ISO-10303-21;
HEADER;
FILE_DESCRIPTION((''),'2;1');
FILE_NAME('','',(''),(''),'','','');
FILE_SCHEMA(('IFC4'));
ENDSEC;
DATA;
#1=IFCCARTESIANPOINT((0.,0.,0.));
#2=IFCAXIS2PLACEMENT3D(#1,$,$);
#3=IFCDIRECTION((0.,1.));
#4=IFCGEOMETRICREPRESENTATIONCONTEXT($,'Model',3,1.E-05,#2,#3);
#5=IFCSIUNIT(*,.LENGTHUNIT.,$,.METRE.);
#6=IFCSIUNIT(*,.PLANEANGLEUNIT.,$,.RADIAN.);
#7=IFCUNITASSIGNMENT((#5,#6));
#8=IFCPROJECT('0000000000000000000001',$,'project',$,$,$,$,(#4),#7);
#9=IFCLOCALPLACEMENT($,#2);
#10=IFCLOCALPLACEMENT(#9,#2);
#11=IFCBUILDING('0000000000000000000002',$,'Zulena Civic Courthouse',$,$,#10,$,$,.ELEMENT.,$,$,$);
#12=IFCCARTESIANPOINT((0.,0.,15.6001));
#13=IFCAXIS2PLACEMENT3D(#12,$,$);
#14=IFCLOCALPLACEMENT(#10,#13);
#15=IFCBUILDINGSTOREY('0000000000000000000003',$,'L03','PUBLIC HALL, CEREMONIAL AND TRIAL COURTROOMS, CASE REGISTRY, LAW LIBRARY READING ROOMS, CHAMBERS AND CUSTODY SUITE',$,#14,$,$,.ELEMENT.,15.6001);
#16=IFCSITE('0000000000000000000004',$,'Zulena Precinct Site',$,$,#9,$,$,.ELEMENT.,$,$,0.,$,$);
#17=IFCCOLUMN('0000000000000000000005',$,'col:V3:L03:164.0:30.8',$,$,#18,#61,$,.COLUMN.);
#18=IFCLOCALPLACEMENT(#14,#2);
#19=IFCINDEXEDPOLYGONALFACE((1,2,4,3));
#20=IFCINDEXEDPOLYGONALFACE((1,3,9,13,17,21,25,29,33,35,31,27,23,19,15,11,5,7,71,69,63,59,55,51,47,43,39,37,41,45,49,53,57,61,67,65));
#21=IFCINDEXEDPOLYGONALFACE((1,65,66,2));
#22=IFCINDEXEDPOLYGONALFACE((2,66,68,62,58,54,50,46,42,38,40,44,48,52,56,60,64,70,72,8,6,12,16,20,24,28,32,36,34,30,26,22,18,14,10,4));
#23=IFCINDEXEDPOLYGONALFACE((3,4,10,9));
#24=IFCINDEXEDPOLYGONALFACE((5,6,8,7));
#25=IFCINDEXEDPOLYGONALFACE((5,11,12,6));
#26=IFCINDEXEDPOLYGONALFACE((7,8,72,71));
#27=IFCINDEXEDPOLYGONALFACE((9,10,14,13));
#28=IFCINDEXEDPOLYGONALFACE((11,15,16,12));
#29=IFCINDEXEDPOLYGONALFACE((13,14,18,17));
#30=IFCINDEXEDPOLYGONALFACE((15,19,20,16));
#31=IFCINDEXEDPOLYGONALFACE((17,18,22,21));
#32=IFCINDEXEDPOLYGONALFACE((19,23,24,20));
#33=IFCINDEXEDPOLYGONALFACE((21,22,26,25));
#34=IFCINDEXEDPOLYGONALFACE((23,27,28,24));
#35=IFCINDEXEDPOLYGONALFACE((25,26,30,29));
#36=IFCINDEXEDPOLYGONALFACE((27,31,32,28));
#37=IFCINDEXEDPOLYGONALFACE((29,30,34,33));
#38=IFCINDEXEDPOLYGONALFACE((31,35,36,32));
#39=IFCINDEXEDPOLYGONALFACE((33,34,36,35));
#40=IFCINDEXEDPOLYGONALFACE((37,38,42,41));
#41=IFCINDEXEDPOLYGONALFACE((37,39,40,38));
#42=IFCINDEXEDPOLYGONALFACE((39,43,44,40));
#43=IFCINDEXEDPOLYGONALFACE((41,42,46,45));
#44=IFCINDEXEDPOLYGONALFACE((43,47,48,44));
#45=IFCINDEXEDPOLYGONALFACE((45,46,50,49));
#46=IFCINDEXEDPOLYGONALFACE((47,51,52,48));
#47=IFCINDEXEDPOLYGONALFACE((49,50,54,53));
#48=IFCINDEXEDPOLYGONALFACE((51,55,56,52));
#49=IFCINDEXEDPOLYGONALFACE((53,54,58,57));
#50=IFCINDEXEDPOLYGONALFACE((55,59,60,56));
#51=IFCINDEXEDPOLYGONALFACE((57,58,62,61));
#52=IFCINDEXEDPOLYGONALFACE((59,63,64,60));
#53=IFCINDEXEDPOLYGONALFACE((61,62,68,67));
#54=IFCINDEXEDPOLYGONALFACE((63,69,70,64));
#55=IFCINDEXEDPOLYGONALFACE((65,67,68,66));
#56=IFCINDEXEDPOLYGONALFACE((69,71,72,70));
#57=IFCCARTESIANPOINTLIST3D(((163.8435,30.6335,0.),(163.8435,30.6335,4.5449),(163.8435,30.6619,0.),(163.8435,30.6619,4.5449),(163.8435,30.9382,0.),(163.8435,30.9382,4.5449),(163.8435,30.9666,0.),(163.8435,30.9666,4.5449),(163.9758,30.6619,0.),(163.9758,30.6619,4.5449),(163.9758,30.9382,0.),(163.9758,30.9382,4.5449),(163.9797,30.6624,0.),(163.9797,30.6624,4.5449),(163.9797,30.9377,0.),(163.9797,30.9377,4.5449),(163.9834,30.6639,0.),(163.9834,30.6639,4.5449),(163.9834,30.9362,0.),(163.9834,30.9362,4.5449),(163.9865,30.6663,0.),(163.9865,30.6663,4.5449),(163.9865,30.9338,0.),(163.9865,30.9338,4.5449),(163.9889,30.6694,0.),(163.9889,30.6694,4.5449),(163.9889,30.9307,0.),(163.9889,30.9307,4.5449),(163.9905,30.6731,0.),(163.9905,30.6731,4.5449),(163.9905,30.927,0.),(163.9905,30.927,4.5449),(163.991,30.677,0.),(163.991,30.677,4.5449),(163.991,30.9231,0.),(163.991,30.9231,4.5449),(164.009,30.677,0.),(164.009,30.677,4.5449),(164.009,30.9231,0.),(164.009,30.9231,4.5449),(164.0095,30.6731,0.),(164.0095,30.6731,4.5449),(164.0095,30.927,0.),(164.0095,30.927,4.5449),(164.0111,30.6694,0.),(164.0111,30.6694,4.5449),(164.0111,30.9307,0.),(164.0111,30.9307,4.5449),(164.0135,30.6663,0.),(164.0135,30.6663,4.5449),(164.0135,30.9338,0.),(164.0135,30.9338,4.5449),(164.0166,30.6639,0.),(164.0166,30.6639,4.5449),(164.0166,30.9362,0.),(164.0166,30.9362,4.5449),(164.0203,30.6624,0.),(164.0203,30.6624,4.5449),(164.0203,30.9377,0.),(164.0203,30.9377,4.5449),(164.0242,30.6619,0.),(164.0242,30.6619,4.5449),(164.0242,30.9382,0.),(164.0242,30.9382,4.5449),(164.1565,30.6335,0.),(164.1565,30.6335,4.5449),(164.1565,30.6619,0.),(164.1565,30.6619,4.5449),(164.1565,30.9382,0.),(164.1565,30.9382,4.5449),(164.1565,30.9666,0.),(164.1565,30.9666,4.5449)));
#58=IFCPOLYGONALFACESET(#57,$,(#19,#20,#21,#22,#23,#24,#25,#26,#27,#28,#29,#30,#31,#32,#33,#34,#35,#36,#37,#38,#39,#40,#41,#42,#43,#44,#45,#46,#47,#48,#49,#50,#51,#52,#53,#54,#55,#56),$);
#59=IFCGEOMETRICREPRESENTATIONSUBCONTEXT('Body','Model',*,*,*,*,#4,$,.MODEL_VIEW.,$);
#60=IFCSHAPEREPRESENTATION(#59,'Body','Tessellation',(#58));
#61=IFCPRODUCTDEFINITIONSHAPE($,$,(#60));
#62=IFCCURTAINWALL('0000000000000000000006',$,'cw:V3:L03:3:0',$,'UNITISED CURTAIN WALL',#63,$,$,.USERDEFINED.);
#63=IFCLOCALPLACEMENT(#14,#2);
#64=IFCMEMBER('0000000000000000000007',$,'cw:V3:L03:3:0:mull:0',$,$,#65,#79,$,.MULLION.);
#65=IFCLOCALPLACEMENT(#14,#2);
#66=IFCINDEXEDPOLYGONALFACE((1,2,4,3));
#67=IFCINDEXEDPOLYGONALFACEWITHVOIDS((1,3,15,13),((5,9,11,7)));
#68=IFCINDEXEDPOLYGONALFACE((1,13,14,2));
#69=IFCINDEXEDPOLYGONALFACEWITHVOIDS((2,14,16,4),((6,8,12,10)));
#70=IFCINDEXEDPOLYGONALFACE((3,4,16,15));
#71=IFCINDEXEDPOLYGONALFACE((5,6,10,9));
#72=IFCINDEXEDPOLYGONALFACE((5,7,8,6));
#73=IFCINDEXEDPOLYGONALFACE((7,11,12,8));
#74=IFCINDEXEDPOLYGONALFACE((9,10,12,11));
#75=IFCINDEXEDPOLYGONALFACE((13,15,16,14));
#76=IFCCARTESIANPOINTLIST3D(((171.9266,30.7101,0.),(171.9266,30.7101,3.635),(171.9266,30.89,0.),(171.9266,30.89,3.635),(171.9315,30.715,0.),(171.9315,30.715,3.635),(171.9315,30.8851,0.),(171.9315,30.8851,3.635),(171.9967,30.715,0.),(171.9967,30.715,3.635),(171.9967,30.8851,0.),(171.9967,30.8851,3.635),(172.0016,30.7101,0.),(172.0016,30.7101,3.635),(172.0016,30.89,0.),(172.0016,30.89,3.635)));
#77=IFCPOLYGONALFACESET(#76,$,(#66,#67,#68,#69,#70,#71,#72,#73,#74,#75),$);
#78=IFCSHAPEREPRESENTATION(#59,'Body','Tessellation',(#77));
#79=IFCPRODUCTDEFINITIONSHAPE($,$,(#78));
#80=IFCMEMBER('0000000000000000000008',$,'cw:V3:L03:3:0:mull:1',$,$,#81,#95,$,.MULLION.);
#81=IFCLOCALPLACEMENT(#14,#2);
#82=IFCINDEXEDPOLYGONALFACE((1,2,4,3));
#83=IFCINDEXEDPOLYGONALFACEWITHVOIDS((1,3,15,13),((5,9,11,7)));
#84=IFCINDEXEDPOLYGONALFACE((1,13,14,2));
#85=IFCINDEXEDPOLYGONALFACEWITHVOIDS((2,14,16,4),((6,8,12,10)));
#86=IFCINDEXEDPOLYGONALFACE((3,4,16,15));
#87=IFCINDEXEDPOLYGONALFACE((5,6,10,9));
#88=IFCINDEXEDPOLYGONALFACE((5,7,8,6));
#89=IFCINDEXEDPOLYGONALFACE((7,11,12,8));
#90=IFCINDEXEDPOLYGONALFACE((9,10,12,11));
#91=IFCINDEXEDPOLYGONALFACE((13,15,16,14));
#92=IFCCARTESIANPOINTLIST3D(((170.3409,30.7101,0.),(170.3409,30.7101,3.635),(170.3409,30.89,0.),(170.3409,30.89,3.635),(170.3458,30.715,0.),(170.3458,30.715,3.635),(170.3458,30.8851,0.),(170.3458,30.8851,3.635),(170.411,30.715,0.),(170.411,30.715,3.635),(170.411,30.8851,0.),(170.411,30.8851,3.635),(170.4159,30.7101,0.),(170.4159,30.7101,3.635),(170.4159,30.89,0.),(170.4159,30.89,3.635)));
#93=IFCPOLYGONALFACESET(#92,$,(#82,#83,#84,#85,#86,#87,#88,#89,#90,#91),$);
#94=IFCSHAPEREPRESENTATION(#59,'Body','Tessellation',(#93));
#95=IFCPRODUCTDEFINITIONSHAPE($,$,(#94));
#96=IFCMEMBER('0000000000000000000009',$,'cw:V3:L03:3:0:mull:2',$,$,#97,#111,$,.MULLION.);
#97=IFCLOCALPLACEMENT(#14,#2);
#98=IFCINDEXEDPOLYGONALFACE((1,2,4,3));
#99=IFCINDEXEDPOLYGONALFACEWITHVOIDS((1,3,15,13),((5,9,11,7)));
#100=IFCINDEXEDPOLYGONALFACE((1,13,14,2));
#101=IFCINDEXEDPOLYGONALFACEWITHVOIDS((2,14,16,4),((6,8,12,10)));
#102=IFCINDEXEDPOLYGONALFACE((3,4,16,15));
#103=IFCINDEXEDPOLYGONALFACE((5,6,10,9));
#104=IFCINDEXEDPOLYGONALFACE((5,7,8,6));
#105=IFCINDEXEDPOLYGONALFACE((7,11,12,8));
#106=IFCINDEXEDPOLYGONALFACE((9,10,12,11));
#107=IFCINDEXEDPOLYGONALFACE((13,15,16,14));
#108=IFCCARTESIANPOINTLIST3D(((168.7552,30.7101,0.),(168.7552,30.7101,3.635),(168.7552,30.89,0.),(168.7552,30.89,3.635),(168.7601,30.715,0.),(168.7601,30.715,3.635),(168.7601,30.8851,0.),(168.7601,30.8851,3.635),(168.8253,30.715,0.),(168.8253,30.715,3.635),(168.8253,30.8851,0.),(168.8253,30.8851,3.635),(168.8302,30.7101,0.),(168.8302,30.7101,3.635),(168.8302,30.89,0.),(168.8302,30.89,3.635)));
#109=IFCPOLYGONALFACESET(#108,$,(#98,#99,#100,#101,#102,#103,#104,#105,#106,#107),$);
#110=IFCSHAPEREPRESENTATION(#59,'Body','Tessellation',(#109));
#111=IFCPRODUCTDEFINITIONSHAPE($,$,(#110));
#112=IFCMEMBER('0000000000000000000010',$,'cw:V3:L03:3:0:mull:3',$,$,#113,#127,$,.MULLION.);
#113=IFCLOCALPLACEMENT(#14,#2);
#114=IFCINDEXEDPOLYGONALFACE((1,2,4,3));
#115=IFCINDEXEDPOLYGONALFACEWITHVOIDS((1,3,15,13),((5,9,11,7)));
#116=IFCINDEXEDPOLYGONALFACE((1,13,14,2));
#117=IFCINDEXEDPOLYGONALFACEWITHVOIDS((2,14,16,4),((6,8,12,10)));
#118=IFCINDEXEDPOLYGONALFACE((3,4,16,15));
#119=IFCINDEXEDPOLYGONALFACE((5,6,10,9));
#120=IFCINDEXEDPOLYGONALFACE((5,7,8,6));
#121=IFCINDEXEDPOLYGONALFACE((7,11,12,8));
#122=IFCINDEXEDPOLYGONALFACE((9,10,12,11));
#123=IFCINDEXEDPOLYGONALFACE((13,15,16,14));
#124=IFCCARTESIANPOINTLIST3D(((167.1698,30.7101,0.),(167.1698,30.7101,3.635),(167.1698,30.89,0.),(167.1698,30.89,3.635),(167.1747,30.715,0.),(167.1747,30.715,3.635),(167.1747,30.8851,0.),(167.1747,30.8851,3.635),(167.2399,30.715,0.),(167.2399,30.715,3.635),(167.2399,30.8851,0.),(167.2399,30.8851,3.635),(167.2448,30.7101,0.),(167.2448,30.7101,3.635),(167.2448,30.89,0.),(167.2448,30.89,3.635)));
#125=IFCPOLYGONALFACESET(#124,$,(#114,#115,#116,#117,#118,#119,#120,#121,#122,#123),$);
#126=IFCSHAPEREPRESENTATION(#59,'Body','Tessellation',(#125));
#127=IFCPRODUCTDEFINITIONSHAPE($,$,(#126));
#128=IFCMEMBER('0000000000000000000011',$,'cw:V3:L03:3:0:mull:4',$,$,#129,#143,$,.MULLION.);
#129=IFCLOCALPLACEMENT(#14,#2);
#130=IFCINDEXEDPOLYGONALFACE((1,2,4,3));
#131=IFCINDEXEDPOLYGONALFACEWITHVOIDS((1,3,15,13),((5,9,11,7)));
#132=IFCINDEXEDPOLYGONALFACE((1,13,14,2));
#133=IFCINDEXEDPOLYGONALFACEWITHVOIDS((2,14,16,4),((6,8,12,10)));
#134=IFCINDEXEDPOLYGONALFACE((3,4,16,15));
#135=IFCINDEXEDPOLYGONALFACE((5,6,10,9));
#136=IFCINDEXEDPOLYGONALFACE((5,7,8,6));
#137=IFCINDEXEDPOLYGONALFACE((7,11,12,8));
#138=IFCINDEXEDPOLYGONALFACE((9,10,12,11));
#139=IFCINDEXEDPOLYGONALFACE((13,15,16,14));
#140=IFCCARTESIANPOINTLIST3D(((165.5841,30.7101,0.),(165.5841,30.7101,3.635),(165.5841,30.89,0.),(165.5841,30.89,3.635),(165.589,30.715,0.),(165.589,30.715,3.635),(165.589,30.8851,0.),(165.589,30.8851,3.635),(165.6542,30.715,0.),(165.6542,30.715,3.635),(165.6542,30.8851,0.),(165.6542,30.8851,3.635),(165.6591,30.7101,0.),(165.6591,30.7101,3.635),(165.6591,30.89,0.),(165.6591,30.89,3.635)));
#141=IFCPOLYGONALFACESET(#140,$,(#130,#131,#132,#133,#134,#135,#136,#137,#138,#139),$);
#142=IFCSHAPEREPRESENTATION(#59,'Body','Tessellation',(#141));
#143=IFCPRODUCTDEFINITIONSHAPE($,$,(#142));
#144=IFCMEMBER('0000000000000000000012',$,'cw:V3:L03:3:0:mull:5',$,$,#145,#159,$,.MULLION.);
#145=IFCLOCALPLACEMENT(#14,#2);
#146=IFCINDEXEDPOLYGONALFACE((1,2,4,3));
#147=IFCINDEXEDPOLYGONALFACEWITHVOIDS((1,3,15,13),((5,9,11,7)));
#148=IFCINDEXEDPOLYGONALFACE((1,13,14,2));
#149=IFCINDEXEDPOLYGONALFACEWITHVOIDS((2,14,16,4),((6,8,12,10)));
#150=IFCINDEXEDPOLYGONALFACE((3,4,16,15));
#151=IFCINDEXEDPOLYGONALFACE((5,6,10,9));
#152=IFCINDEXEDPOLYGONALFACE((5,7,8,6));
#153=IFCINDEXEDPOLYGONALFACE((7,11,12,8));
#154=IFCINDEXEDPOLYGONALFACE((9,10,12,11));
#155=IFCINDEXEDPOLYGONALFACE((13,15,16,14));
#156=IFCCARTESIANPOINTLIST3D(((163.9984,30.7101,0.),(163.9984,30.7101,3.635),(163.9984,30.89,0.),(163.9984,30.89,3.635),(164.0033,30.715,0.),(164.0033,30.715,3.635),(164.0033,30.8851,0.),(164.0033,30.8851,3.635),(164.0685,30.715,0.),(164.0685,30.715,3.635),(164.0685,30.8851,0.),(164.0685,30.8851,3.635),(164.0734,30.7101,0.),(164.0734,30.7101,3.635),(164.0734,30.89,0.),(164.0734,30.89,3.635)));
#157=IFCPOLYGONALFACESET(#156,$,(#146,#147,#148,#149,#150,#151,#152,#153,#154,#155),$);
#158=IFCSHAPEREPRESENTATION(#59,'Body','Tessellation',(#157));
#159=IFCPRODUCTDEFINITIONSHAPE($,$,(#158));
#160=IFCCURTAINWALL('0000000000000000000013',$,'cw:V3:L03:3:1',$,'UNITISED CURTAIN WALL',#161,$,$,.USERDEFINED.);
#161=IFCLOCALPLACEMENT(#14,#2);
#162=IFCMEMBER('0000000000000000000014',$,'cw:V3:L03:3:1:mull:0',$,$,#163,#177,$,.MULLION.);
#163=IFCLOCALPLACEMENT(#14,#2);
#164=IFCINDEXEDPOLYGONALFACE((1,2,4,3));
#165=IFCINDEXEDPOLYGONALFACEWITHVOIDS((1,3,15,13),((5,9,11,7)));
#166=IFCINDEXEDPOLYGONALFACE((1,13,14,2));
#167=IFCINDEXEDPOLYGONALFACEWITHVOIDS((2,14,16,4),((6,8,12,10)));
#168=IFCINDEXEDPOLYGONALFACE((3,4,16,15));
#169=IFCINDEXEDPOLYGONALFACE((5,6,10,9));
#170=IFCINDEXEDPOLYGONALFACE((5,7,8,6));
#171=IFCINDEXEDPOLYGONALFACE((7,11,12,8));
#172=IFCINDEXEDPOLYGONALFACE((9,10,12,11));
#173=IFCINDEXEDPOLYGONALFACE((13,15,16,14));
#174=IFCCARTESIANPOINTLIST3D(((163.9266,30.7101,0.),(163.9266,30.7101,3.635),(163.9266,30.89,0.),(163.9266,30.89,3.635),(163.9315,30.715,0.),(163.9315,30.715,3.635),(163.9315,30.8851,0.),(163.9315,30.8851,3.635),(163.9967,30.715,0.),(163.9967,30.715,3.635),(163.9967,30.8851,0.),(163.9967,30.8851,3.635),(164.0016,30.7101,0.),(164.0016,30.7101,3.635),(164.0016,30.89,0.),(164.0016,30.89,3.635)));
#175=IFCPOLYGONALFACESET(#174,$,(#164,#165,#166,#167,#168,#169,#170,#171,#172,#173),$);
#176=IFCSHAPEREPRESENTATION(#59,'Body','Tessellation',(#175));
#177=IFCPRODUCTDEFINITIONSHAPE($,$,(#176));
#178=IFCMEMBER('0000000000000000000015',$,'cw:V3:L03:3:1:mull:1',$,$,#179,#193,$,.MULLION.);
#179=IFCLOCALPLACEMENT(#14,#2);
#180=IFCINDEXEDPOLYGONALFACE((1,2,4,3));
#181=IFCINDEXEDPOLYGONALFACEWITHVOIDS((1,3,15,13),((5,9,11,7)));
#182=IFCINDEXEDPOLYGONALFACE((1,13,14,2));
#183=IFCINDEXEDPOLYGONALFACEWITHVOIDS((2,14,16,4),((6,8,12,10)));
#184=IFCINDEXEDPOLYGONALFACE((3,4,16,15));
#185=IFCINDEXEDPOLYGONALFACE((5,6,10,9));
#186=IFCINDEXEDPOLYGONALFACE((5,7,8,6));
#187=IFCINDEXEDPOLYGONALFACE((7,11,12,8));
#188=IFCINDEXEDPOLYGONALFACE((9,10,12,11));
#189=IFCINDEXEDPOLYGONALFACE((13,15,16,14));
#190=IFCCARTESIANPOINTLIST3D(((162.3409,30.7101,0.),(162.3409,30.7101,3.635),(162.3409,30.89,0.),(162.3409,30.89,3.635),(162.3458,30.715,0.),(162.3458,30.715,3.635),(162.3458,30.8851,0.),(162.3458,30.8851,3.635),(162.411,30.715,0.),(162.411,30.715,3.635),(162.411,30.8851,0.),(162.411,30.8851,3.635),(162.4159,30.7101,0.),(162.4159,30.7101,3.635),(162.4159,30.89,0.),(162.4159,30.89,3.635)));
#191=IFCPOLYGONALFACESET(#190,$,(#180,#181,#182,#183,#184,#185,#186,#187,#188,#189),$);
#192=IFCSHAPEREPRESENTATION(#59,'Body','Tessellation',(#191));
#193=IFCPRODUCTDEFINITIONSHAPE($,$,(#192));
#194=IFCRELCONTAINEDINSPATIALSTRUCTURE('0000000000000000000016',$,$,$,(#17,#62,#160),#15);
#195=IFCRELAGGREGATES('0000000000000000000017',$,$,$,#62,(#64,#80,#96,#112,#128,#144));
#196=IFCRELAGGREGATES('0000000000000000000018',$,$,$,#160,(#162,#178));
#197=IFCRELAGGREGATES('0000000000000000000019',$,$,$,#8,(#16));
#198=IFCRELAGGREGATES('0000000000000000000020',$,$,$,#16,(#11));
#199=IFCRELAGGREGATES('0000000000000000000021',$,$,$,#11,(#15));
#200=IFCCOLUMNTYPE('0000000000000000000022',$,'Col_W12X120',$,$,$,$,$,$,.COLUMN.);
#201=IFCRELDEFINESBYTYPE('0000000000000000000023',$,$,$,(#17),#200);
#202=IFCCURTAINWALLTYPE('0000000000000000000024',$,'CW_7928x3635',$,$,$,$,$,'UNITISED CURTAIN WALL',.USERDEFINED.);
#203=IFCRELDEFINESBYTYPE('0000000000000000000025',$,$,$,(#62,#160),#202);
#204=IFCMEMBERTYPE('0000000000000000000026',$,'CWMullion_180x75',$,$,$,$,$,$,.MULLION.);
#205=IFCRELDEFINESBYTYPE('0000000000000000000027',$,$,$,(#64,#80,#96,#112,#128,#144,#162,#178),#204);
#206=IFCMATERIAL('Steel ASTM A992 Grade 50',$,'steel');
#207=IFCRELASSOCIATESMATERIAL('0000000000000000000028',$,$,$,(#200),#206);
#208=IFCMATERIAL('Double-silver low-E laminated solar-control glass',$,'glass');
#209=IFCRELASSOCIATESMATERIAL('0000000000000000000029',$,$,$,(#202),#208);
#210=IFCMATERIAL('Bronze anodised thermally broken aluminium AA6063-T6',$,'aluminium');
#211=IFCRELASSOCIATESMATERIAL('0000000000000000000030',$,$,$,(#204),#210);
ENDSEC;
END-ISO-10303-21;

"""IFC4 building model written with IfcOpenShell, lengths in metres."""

from ifc_helpers import new_model, si_unit, direction, frame, origin, origin_2d, place, context, subcontext, project, spatial, hollow_rectangle, i_section, extrude, material, material_profile, profile_set, type_object, element, aggregate, save


model = new_model("IFC4")

# Units and contexts
model_context = context("Model", 3, precision=1e-05, world=origin(), true_north=direction((0.0, 1.0)))
body_context = subcontext(model_context, "Body", "Model", "MODEL_VIEW")
ifc_project = project(units=[si_unit("LENGTHUNIT", "METRE"), si_unit("PLANEANGLEUNIT", "RADIAN")], contexts=[model_context])

# Site, building, storey
site_placement = place(None, origin())
site = spatial("IfcSite", under=ifc_project, at=site_placement, Name="Zulena Precinct Site", CompositionType="ELEMENT", RefElevation=0.0)
building_placement = place(site_placement, origin())
building = spatial("IfcBuilding", under=site, at=building_placement, Name="Zulena Civic Courthouse", CompositionType="ELEMENT")
storey_placement = place(building_placement, frame((0.0, 0.0, 15.6001)))
storey = spatial("IfcBuildingStorey", under=building, at=storey_placement, Name="L03", Description="PUBLIC HALL, CEREMONIAL AND TRIAL COURTROOMS, CASE REGISTRY, LAW LIBRARY READING ROOMS, CHAMBERS AND CUSTODY SUITE", CompositionType="ELEMENT", Elevation=15.6001)

# Column
ifc_material_1 = material(Name="Steel ASTM A992 Grade 50", Category="steel")
ifc_material_profile_1 = material_profile(ifc_material_1, i_section(OverallWidth=0.313, OverallDepth=0.333, WebThickness=0.0181, FlangeThickness=0.0283, FilletRadius=0.0151, at=origin_2d()), Name="W12X120")
ifc_profile_set_1 = profile_set([ifc_material_profile_1], Name="Steel ASTM A992 Grade 50")
column_type = type_object("IfcColumnType", Name="Col_W12X120", PredefinedType="COLUMN", material=ifc_profile_set_1)
column_placement = place(storey_placement, frame((164.0, 30.8, 0.0), z_axis=(0.0, 0.0, 1.0), x_axis=(1.0, 0.0, 0.0)))
element("IfcColumn", 1, at=column_placement, inside=storey, type_object=column_type, Name="col:V3:L03:164.0:30.8", PredefinedType="COLUMN", context=body_context, shape_type="SweptSolid", body=[
    extrude(i_section(OverallWidth=0.313, OverallDepth=0.333, WebThickness=0.0181, FlangeThickness=0.0283, FilletRadius=0.0151, at=origin_2d()), origin(), (0.0, 0.0, 1.0), 4.5449),
])

# Curtain walls, members
ifc_material_2 = material(Name="Double-silver low-E laminated solar-control glass", Category="glass")
curtain_wall_type = type_object("IfcCurtainWallType", Name="CW_7928x3635", ElementType="UNITISED CURTAIN WALL", PredefinedType="USERDEFINED", material=ifc_material_2)
curtain_wall_1_placement = place(storey_placement, origin())
curtain_wall_1 = element("IfcCurtainWall", 2, at=curtain_wall_1_placement, inside=storey, type_object=curtain_wall_type, Name="cw:V3:L03:3:0", ObjectType="UNITISED CURTAIN WALL", PredefinedType="USERDEFINED")
ifc_material_3 = material(Name="Bronze anodised thermally broken aluminium AA6063-T6", Category="aluminium")
ifc_material_profile_2 = material_profile(ifc_material_3, hollow_rectangle(XDim=0.075, YDim=0.1799, WallThickness=0.0049, at=origin_2d()), Name="CWM180X75X5")
ifc_profile_set_2 = profile_set([ifc_material_profile_2], Name="Bronze anodised thermally broken aluminium AA6063-T6")
member_type_1 = type_object("IfcMemberType", Name="CWMullion_180x75", PredefinedType="MULLION", material=ifc_profile_set_2)
member_1_placement = place(storey_placement, frame((171.9641, 30.8, 0.0), z_axis=(0.0, 0.0, 1.0), x_axis=(1.0, 0.0, 0.0)))
member_1 = element("IfcMember", 3, at=member_1_placement, type_object=member_type_1, Name="cw:V3:L03:3:0:mull:0", PredefinedType="MULLION", context=body_context, shape_type="SweptSolid", body=[
    extrude(hollow_rectangle(XDim=0.075, YDim=0.1799, WallThickness=0.0049, at=origin_2d()), origin(), (0.0, 0.0, 1.0), 3.635),
])
member_2_placement = place(storey_placement, frame((170.3784, 30.8, 0.0), z_axis=(0.0, 0.0, 1.0), x_axis=(1.0, 0.0, 0.0)))
member_2 = element("IfcMember", 4, at=member_2_placement, type_object=member_type_1, Name="cw:V3:L03:3:0:mull:1", PredefinedType="MULLION", context=body_context, shape_type="SweptSolid", body=[
    extrude(hollow_rectangle(XDim=0.075, YDim=0.1799, WallThickness=0.0049, at=origin_2d()), origin(), (0.0, 0.0, 1.0), 3.635),
])
member_3_placement = place(storey_placement, frame((168.7927, 30.8, 0.0), z_axis=(0.0, 0.0, 1.0), x_axis=(1.0, 0.0, 0.0)))
member_3 = element("IfcMember", 5, at=member_3_placement, type_object=member_type_1, Name="cw:V3:L03:3:0:mull:2", PredefinedType="MULLION", context=body_context, shape_type="SweptSolid", body=[
    extrude(hollow_rectangle(XDim=0.075, YDim=0.1799, WallThickness=0.0049, at=origin_2d()), origin(), (0.0, 0.0, 1.0), 3.635),
])
member_4_placement = place(storey_placement, frame((167.2073, 30.8, 0.0), z_axis=(0.0, 0.0, 1.0), x_axis=(1.0, 0.0, 0.0)))
member_4 = element("IfcMember", 6, at=member_4_placement, type_object=member_type_1, Name="cw:V3:L03:3:0:mull:3", PredefinedType="MULLION", context=body_context, shape_type="SweptSolid", body=[
    extrude(hollow_rectangle(XDim=0.075, YDim=0.1799, WallThickness=0.0049, at=origin_2d()), origin(), (0.0, 0.0, 1.0), 3.635),
])
member_5_placement = place(storey_placement, frame((165.6216, 30.8, 0.0), z_axis=(0.0, 0.0, 1.0), x_axis=(1.0, 0.0, 0.0)))
member_5 = element("IfcMember", 7, at=member_5_placement, type_object=member_type_1, Name="cw:V3:L03:3:0:mull:4", PredefinedType="MULLION", context=body_context, shape_type="SweptSolid", body=[
    extrude(hollow_rectangle(XDim=0.075, YDim=0.1799, WallThickness=0.0049, at=origin_2d()), origin(), (0.0, 0.0, 1.0), 3.635),
])
member_6_placement = place(storey_placement, frame((164.0359, 30.8, 0.0), z_axis=(0.0, 0.0, 1.0), x_axis=(1.0, 0.0, 0.0)))
member_6 = element("IfcMember", 8, at=member_6_placement, type_object=member_type_1, Name="cw:V3:L03:3:0:mull:5", PredefinedType="MULLION", context=body_context, shape_type="SweptSolid", body=[
    extrude(hollow_rectangle(XDim=0.075, YDim=0.1799, WallThickness=0.0049, at=origin_2d()), origin(), (0.0, 0.0, 1.0), 3.635),
])
curtain_wall_2_placement = place(storey_placement, origin())
curtain_wall_2 = element("IfcCurtainWall", 9, at=curtain_wall_2_placement, inside=storey, type_object=curtain_wall_type, Name="cw:V3:L03:3:1", ObjectType="UNITISED CURTAIN WALL", PredefinedType="USERDEFINED")
member_7_placement = place(storey_placement, frame((163.9641, 30.8, 0.0), z_axis=(0.0, 0.0, 1.0), x_axis=(1.0, 0.0, 0.0)))
member_7 = element("IfcMember", 10, at=member_7_placement, type_object=member_type_1, Name="cw:V3:L03:3:1:mull:0", PredefinedType="MULLION", context=body_context, shape_type="SweptSolid", body=[
    extrude(hollow_rectangle(XDim=0.075, YDim=0.1799, WallThickness=0.0049, at=origin_2d()), origin(), (0.0, 0.0, 1.0), 3.635),
])
member_8_placement = place(storey_placement, frame((162.3784, 30.8, 0.0), z_axis=(0.0, 0.0, 1.0), x_axis=(1.0, 0.0, 0.0)))
member_8 = element("IfcMember", 11, at=member_8_placement, type_object=member_type_1, Name="cw:V3:L03:3:1:mull:1", PredefinedType="MULLION", context=body_context, shape_type="SweptSolid", body=[
    extrude(hollow_rectangle(XDim=0.075, YDim=0.1799, WallThickness=0.0049, at=origin_2d()), origin(), (0.0, 0.0, 1.0), 3.635),
])

aggregate(curtain_wall_1, [member_1, member_2, member_3, member_4, member_5, member_6])
aggregate(curtain_wall_2, [member_7, member_8])

save(model, "model.ifc")
